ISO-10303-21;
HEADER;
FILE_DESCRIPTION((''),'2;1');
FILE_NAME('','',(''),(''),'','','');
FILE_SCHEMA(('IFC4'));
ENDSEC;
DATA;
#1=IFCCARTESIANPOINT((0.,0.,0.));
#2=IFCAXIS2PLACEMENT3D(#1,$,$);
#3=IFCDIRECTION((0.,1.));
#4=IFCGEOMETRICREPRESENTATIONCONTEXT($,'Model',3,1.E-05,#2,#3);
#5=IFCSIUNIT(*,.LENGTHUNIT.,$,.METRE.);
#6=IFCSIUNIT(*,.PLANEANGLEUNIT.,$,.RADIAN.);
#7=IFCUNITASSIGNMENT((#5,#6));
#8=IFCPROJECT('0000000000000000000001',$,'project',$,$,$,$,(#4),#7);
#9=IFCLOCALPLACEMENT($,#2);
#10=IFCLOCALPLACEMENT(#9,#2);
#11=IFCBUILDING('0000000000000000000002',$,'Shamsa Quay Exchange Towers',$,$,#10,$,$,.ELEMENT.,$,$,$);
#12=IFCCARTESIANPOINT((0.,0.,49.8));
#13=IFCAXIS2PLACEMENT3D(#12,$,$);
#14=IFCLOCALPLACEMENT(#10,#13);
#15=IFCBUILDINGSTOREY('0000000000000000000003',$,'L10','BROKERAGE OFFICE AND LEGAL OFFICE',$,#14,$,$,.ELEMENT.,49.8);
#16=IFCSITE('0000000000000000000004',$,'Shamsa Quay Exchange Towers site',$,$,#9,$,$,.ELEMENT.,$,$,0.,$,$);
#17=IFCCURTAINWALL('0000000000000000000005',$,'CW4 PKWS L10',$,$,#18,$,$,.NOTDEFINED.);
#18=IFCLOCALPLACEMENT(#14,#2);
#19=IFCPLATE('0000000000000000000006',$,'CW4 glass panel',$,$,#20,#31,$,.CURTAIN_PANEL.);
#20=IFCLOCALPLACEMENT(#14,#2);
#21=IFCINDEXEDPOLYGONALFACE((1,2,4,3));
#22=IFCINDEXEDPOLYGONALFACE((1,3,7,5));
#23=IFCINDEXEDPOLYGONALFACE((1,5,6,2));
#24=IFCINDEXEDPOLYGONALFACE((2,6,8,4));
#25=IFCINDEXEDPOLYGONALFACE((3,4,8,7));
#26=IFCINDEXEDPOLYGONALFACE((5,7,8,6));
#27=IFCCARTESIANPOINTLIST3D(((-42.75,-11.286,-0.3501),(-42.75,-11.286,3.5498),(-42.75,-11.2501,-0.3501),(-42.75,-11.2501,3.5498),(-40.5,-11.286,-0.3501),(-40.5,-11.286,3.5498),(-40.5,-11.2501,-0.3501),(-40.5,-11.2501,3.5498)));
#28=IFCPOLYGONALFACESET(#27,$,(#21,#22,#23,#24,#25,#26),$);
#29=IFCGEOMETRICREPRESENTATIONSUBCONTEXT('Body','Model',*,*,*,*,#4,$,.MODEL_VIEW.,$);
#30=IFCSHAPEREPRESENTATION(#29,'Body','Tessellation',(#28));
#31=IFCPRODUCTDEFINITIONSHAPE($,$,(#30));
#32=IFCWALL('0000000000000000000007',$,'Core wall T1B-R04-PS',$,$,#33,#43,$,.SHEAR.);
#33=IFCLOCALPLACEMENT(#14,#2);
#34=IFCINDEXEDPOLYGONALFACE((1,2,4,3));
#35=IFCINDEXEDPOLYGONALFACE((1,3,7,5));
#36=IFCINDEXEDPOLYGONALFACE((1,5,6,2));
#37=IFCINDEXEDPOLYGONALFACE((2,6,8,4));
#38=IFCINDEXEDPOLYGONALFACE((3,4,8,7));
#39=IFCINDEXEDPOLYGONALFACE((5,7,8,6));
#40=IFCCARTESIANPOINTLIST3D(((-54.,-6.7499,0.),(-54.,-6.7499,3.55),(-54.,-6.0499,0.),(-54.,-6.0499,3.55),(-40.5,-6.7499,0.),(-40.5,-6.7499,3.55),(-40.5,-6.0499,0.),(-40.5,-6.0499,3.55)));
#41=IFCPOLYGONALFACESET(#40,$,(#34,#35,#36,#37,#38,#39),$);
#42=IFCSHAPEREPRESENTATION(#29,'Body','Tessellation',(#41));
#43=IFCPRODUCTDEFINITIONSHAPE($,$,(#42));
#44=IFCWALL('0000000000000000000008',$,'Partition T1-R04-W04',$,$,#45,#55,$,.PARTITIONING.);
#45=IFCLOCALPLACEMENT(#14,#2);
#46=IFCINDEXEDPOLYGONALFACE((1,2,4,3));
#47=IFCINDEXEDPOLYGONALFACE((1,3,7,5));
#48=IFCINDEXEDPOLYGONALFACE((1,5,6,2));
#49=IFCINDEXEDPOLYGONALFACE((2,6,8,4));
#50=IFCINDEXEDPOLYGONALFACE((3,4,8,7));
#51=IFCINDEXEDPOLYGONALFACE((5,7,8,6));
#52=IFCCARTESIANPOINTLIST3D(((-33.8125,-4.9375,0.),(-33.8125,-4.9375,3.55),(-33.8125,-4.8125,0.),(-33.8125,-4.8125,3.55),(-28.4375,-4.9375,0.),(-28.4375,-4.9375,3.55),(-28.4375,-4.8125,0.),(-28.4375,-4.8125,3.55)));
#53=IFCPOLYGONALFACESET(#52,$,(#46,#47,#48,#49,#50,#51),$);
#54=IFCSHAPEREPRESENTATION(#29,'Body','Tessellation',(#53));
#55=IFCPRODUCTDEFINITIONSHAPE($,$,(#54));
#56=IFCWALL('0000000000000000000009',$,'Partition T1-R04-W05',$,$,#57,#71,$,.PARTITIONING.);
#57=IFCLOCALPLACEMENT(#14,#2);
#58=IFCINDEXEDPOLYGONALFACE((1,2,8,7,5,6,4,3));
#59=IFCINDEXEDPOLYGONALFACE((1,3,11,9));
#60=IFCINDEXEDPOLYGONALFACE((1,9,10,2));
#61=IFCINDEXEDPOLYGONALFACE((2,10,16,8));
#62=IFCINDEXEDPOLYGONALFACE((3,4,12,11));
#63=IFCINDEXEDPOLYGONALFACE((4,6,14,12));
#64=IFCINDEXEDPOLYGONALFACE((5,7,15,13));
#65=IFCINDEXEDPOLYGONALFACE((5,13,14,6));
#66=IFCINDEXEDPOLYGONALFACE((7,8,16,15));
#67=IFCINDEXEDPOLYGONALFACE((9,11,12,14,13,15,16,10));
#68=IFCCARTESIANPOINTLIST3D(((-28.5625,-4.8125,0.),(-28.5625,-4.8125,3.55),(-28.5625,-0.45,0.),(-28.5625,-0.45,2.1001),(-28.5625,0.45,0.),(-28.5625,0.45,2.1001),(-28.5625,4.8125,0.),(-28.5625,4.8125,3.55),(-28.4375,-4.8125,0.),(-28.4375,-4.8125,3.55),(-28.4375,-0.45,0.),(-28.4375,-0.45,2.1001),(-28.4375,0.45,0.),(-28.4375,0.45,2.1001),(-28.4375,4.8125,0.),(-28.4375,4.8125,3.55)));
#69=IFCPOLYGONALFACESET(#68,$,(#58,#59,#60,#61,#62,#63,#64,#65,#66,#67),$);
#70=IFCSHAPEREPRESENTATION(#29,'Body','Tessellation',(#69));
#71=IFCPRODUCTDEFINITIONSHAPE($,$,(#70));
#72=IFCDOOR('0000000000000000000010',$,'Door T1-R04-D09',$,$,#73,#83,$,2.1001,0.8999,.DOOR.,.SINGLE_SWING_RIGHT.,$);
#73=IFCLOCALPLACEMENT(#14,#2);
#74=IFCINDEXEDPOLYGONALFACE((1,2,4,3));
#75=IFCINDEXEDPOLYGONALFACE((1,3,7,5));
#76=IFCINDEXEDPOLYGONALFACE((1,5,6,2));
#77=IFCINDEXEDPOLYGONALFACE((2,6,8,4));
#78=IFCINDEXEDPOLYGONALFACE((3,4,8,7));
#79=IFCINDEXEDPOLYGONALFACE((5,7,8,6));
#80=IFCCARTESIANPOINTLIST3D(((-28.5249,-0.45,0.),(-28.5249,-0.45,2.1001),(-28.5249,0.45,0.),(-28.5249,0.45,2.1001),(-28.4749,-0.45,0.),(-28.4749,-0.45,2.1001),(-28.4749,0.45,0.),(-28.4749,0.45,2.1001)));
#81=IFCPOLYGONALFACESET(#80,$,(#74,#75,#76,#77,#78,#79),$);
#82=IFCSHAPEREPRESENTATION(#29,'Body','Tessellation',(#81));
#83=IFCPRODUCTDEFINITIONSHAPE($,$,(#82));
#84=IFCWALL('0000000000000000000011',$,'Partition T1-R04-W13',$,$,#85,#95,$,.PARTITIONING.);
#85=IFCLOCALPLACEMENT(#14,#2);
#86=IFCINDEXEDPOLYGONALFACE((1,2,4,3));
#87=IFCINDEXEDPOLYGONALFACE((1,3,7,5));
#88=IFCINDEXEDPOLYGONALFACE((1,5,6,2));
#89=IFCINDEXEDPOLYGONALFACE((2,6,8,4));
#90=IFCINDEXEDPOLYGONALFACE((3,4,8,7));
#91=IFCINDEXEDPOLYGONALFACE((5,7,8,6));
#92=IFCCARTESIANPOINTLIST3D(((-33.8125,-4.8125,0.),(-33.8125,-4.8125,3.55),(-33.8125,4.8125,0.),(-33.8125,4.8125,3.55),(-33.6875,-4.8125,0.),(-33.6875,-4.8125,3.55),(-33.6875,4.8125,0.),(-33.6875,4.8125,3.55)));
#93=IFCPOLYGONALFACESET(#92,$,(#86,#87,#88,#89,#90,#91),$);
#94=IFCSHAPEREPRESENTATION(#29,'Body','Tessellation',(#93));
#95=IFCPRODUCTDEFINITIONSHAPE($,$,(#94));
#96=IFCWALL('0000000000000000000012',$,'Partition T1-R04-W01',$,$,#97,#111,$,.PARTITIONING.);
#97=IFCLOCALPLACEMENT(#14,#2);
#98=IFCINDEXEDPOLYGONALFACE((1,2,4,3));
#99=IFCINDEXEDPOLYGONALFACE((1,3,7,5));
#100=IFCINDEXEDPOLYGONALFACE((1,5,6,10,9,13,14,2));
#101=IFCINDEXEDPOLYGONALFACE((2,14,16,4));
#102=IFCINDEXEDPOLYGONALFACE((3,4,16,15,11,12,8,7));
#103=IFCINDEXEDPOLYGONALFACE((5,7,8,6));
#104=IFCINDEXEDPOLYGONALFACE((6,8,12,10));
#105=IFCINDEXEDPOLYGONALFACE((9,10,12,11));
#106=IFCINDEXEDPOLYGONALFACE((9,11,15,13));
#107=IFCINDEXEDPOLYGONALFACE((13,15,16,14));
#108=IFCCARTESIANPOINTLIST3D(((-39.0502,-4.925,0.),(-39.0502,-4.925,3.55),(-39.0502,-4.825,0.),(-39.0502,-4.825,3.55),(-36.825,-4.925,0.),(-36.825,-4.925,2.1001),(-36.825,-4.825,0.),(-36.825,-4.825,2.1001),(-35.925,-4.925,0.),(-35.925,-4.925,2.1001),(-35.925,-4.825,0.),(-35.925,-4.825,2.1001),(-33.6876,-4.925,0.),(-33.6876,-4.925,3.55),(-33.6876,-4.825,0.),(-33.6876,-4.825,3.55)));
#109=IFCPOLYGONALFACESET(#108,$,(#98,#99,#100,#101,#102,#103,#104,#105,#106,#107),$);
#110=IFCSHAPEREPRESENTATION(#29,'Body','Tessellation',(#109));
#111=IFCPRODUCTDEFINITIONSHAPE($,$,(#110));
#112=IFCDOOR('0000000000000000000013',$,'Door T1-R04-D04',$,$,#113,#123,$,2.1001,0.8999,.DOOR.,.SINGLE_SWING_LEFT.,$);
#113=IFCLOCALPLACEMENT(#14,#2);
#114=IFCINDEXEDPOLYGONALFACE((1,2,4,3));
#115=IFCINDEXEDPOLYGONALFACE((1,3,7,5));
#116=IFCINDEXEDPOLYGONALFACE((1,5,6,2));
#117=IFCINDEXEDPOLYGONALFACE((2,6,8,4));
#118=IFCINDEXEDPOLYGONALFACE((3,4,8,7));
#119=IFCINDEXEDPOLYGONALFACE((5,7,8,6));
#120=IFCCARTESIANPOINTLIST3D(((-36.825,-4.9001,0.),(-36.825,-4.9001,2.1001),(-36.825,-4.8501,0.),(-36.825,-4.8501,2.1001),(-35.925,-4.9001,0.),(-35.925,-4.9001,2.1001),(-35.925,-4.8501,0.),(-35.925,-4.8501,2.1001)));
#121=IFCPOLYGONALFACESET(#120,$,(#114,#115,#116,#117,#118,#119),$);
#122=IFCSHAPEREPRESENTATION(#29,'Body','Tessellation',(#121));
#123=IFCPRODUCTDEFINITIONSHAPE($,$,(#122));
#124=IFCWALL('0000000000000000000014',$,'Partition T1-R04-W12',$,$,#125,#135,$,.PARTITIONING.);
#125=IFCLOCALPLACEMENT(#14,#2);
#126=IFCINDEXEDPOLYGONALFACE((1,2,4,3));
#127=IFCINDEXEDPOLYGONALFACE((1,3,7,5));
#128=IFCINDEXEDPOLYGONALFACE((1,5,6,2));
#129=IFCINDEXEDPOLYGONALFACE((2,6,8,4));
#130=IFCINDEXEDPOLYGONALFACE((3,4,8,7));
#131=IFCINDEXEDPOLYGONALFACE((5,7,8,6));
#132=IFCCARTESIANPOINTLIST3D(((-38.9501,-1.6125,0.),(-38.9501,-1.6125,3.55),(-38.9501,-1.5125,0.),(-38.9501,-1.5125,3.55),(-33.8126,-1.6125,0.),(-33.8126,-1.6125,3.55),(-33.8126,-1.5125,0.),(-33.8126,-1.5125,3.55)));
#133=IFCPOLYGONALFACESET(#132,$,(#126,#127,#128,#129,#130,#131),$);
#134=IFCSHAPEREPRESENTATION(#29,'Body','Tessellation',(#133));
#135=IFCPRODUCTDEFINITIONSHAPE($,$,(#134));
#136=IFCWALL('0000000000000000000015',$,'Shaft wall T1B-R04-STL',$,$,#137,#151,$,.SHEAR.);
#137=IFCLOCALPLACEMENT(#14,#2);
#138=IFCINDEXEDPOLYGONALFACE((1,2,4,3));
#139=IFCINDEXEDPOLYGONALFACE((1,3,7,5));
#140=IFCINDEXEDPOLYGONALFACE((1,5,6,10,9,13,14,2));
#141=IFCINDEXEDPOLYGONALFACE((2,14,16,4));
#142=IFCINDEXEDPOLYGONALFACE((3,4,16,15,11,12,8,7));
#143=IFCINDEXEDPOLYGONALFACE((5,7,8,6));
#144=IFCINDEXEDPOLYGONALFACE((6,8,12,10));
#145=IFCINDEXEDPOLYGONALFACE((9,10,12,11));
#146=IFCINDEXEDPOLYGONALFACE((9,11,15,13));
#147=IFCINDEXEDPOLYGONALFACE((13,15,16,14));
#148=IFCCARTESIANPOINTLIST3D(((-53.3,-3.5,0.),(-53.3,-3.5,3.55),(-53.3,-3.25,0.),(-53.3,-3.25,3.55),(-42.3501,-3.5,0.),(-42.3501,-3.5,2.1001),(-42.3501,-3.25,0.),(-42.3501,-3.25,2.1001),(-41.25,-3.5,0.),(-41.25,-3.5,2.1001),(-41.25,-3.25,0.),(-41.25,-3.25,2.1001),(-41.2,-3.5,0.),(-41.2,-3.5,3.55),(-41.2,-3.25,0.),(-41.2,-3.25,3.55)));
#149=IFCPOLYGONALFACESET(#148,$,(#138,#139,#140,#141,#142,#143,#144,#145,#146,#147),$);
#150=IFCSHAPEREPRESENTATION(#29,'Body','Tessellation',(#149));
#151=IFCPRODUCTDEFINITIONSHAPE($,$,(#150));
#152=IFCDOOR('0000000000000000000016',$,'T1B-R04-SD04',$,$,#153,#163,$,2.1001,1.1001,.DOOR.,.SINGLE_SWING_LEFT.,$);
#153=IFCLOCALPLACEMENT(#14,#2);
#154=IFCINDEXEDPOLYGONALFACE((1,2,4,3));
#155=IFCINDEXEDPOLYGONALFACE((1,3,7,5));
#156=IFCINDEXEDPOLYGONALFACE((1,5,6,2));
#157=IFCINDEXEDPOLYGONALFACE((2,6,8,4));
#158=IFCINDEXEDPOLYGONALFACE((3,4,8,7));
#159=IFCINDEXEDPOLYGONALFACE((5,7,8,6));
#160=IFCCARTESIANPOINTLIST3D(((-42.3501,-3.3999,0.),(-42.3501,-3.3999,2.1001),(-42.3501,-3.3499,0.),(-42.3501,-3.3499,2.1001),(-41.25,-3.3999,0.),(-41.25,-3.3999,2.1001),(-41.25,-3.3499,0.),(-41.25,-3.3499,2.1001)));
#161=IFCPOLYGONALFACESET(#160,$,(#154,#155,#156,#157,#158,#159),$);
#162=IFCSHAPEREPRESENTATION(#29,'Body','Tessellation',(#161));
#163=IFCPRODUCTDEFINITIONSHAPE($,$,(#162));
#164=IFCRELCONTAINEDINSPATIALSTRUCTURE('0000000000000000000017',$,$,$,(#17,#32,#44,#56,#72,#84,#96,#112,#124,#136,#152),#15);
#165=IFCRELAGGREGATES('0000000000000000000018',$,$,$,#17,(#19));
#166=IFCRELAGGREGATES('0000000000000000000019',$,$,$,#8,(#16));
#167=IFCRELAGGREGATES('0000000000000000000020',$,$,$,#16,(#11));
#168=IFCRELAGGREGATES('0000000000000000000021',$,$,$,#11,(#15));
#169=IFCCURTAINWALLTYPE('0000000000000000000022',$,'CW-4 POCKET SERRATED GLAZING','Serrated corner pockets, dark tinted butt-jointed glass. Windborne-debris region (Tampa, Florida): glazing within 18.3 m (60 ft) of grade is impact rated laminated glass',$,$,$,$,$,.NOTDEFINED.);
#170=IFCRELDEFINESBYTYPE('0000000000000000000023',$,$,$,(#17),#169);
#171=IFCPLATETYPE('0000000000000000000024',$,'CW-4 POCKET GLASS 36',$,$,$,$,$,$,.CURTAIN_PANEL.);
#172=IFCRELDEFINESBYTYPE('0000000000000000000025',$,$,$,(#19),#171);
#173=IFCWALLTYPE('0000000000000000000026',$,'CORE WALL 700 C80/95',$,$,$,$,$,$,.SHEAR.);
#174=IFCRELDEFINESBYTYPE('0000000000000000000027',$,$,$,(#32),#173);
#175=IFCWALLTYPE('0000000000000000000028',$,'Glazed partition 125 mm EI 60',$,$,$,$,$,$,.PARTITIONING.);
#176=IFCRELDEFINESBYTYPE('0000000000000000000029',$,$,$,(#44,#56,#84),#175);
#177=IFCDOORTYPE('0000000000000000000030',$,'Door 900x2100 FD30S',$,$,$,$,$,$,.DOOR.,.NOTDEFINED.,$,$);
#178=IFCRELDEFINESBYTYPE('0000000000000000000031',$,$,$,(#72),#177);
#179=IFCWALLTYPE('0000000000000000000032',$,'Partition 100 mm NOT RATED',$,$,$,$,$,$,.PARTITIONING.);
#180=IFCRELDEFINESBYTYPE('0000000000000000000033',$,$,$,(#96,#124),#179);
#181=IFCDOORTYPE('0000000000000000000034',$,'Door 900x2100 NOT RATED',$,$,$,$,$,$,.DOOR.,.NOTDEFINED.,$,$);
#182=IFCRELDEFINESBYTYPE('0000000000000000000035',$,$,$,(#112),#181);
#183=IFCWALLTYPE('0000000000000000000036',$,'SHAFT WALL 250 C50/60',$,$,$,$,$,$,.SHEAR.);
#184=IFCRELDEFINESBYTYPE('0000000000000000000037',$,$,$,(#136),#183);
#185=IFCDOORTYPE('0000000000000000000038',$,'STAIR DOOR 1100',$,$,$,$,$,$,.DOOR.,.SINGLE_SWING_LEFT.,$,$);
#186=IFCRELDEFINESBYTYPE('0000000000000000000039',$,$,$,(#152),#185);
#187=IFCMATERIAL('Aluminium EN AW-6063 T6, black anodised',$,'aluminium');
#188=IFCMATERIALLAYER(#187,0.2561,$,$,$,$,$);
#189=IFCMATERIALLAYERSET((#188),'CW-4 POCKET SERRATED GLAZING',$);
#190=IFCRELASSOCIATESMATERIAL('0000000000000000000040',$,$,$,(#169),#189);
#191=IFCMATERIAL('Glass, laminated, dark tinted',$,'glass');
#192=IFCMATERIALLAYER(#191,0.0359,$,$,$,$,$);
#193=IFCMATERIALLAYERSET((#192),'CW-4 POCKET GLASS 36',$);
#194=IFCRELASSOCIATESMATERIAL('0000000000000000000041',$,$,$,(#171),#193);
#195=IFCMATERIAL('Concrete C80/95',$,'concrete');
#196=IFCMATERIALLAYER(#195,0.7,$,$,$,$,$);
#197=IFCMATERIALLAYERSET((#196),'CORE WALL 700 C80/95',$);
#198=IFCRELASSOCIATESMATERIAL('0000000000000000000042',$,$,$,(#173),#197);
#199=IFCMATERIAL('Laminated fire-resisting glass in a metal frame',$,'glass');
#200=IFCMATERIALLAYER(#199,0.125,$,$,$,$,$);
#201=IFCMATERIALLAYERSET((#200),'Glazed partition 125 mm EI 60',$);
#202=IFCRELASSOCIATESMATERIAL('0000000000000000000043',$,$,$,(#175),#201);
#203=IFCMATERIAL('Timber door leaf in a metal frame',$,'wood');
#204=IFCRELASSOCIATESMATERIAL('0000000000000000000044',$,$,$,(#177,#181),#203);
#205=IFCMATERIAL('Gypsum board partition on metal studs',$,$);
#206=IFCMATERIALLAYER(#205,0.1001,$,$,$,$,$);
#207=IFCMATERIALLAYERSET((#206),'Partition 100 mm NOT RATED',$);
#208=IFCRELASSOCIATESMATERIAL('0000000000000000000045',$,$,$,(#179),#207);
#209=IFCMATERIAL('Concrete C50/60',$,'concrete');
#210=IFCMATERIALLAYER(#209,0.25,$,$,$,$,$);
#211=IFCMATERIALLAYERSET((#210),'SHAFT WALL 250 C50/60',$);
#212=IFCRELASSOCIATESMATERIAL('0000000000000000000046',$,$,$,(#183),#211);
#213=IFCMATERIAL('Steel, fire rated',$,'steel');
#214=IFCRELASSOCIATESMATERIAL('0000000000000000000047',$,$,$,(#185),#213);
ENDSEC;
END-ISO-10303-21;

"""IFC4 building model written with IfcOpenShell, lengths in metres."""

from ifc_helpers import new_model, si_unit, direction, frame, frame_2d, origin, origin_2d, place, context, subcontext, project, spatial, rectangle, extrude, material, layer, layer_set, type_object, element, fill, aggregate, save


model = new_model("IFC4")

# Units and contexts
model_context = context("Model", 3, precision=1e-05, world=origin(), true_north=direction((0.0, 1.0)))
body_context = subcontext(model_context, "Body", "Model", "MODEL_VIEW")
ifc_project = project(units=[si_unit("LENGTHUNIT", "METRE"), si_unit("PLANEANGLEUNIT", "RADIAN")], contexts=[model_context])

# Site, building, storey
site_placement = place(None, origin())
site = spatial("IfcSite", under=ifc_project, at=site_placement, Name="Shamsa Quay Exchange Towers site", CompositionType="ELEMENT", RefElevation=0.0)
building_placement = place(site_placement, origin())
building = spatial("IfcBuilding", under=site, at=building_placement, Name="Shamsa Quay Exchange Towers", CompositionType="ELEMENT")
storey_placement = place(building_placement, frame((0.0, 0.0, 49.8)))
storey = spatial("IfcBuildingStorey", under=building, at=storey_placement, Name="L10", Description="BROKERAGE OFFICE AND LEGAL OFFICE", CompositionType="ELEMENT", Elevation=49.8)

# Shared definitions
ifc_material_1 = material(Name="Aluminium EN AW-6063 T6, black anodised", Category="aluminium")

# Shared definitions
ifc_material_2 = material(Name="Glass, laminated, dark tinted", Category="glass")

# Curtain wall, plate
ifc_layer_1 = layer(ifc_material_1, 0.2561)
ifc_layer_set_1 = layer_set([ifc_layer_1], Name="CW-4 POCKET SERRATED GLAZING")
curtain_wall_type_1 = type_object("IfcCurtainWallType", Name="CW-4 POCKET SERRATED GLAZING", Description="Serrated corner pockets, dark tinted butt-jointed glass. Windborne-debris region (Tampa, Florida): glazing within 18.3 m (60 ft) of grade is impact rated laminated glass", PredefinedType="NOTDEFINED", material=ifc_layer_set_1)
curtain_wall_1_placement = place(storey_placement, origin())
curtain_wall_1 = element("IfcCurtainWall", 1, at=curtain_wall_1_placement, inside=storey, type_object=curtain_wall_type_1, Name="CW4 PKWS L10", PredefinedType="NOTDEFINED")
ifc_layer_2 = layer(ifc_material_2, 0.0359)
ifc_layer_set_2 = layer_set([ifc_layer_2], Name="CW-4 POCKET GLASS 36")
plate_type_1 = type_object("IfcPlateType", Name="CW-4 POCKET GLASS 36", PredefinedType="CURTAIN_PANEL", material=ifc_layer_set_2)
plate_1_placement = place(storey_placement, frame((-41.625, -11.2681, -0.3501)))
plate_1 = element("IfcPlate", 2, at=plate_1_placement, type_object=plate_type_1, Name="CW4 glass panel", PredefinedType="CURTAIN_PANEL", context=body_context, shape_type="SweptSolid", body=[
    extrude(rectangle(XDim=2.25, YDim=0.0359, at=origin_2d()), origin(), (0.0, 0.0, 1.0), 3.8999),
])
aggregate(curtain_wall_1, [plate_1])

# Wall
ifc_material_3 = material(Name="Concrete C80/95", Category="concrete")
ifc_layer_3 = layer(ifc_material_3, 0.7)
ifc_layer_set_3 = layer_set([ifc_layer_3], Name="CORE WALL 700 C80/95")
wall_type_1 = type_object("IfcWallType", Name="CORE WALL 700 C80/95", PredefinedType="SHEAR", material=ifc_layer_set_3)
wall_1_placement = place(storey_placement, frame((-40.5, -6.3999, 0.0), z_axis=(0.0, 0.0, 1.0), x_axis=(-1.0, 0.0, 0.0)))
element("IfcWall", 3, at=wall_1_placement, inside=storey, type_object=wall_type_1, Name="Core wall T1B-R04-PS", PredefinedType="SHEAR", context=body_context, shape_type="SweptSolid", body=[
    extrude(rectangle(XDim=13.5, YDim=0.7, at=frame_2d((6.75, 0.0))), origin(), (0.0, 0.0, 1.0), 3.55),
])

# Shared definitions
ifc_material_4 = material(Name="Steel, fire rated", Category="steel")

# Wall
ifc_material_5 = material(Name="Laminated fire-resisting glass in a metal frame", Category="glass")
ifc_layer_4 = layer(ifc_material_5, 0.125)
ifc_layer_set_4 = layer_set([ifc_layer_4], Name="Glazed partition 125 mm EI 60")
wall_type_2 = type_object("IfcWallType", Name="Glazed partition 125 mm EI 60", PredefinedType="PARTITIONING", material=ifc_layer_set_4)
wall_2_placement = place(storey_placement, frame((-33.8125, -4.875, 0.0)))
element("IfcWall", 4, at=wall_2_placement, inside=storey, type_object=wall_type_2, Name="Partition T1-R04-W04", PredefinedType="PARTITIONING", context=body_context, shape_type="SweptSolid", body=[
    extrude(rectangle(XDim=5.375, YDim=0.125, at=frame_2d((2.6875, 0.0))), origin(), (0.0, 0.0, 1.0), 3.55),
])

# Wall, opening, door
wall_3_placement = place(storey_placement, frame((-28.5, -4.8125, 0.0), z_axis=(0.0, 0.0, 1.0), x_axis=(0.0, 1.0, 0.0)))
wall_3 = element("IfcWall", 5, at=wall_3_placement, inside=storey, type_object=wall_type_2, Name="Partition T1-R04-W05", PredefinedType="PARTITIONING", context=body_context, shape_type="SweptSolid", body=[
    extrude(rectangle(XDim=9.625, YDim=0.125, at=frame_2d((4.8125, 0.0))), origin(), (0.0, 0.0, 1.0), 3.55),
])
opening_1_placement = place(wall_3_placement, frame((4.3625, 0.0, 0.0)))
opening_1 = element("IfcOpeningElement", 6, at=opening_1_placement, cuts=wall_3, PredefinedType="OPENING", context=body_context, shape_type="SweptSolid", body=[
    extrude(rectangle(XDim=0.8999, YDim=2.1001, at=frame_2d((0.45, 1.05))), frame((0.0, 0.0725, 0.0), z_axis=(0.0, -1.0, 0.0), x_axis=(1.0, 0.0, 0.0)), (0.0, 0.0, 1.0), 0.145),
])
ifc_material_6 = material(Name="Timber door leaf in a metal frame", Category="wood")
door_type_1 = type_object("IfcDoorType", Name="Door 900x2100 FD30S", OperationType="NOTDEFINED", PredefinedType="DOOR", material=ifc_material_6)
door_1_placement = place(opening_1_placement, origin())
door_1 = element("IfcDoor", 7, at=door_1_placement, inside=storey, type_object=door_type_1, Name="Door T1-R04-D09", OperationType="SINGLE_SWING_RIGHT", OverallHeight=2.1001, OverallWidth=0.8999, PredefinedType="DOOR", context=body_context, shape_type="SweptSolid", body=[
    extrude(rectangle(XDim=0.8999, YDim=2.1001, at=frame_2d((0.45, 1.05))), frame((0.0, 0.0249, 0.0), z_axis=(0.0, -1.0, 0.0), x_axis=(1.0, 0.0, 0.0)), (0.0, 0.0, 1.0), 0.05),
])
fill(opening_1, door_1)

# Wall
wall_4_placement = place(storey_placement, frame((-33.75, -4.8125, 0.0), z_axis=(0.0, 0.0, 1.0), x_axis=(0.0, 1.0, 0.0)))
element("IfcWall", 8, at=wall_4_placement, inside=storey, type_object=wall_type_2, Name="Partition T1-R04-W13", PredefinedType="PARTITIONING", context=body_context, shape_type="SweptSolid", body=[
    extrude(rectangle(XDim=9.625, YDim=0.125, at=frame_2d((4.8125, 0.0))), origin(), (0.0, 0.0, 1.0), 3.55),
])

# Wall, opening, door
ifc_material_7 = material(Name="Gypsum board partition on metal studs")
ifc_layer_5 = layer(ifc_material_7, 0.1001)
ifc_layer_set_5 = layer_set([ifc_layer_5], Name="Partition 100 mm NOT RATED")
wall_type_3 = type_object("IfcWallType", Name="Partition 100 mm NOT RATED", PredefinedType="PARTITIONING", material=ifc_layer_set_5)
wall_5_placement = place(storey_placement, frame((-39.05, -4.875, 0.0)))
wall_5 = element("IfcWall", 9, at=wall_5_placement, inside=storey, type_object=wall_type_3, Name="Partition T1-R04-W01", PredefinedType="PARTITIONING", context=body_context, shape_type="SweptSolid", body=[
    extrude(rectangle(XDim=5.3625, YDim=0.1001, at=frame_2d((2.6812, 0.0))), origin(), (0.0, 0.0, 1.0), 3.55),
])
opening_2_placement = place(wall_5_placement, frame((2.2251, 0.0, 0.0)))
opening_2 = element("IfcOpeningElement", 10, at=opening_2_placement, cuts=wall_5, PredefinedType="OPENING", context=body_context, shape_type="SweptSolid", body=[
    extrude(rectangle(XDim=0.8999, YDim=2.1001, at=frame_2d((0.45, 1.05))), frame((0.0, 0.0601, 0.0), z_axis=(0.0, -1.0, 0.0), x_axis=(1.0, 0.0, 0.0)), (0.0, 0.0, 1.0), 0.1201),
])
door_type_2 = type_object("IfcDoorType", Name="Door 900x2100 NOT RATED", OperationType="NOTDEFINED", PredefinedType="DOOR", material=ifc_material_6)
door_2_placement = place(opening_2_placement, origin())
door_2 = element("IfcDoor", 11, at=door_2_placement, inside=storey, type_object=door_type_2, Name="Door T1-R04-D04", OperationType="SINGLE_SWING_LEFT", OverallHeight=2.1001, OverallWidth=0.8999, PredefinedType="DOOR", context=body_context, shape_type="SweptSolid", body=[
    extrude(rectangle(XDim=0.8999, YDim=2.1001, at=frame_2d((0.45, 1.05))), frame((0.0, 0.0249, 0.0), z_axis=(0.0, -1.0, 0.0), x_axis=(1.0, 0.0, 0.0)), (0.0, 0.0, 1.0), 0.05),
])
fill(opening_2, door_2)

# Wall
wall_6_placement = place(storey_placement, frame((-33.8125, -1.5625, 0.0), z_axis=(0.0, 0.0, 1.0), x_axis=(-1.0, 0.0, 0.0)))
element("IfcWall", 12, at=wall_6_placement, inside=storey, type_object=wall_type_3, Name="Partition T1-R04-W12", PredefinedType="PARTITIONING", context=body_context, shape_type="SweptSolid", body=[
    extrude(rectangle(XDim=5.1375, YDim=0.1001, at=frame_2d((2.5688, 0.0))), origin(), (0.0, 0.0, 1.0), 3.55),
])

# Wall, opening, door
ifc_material_8 = material(Name="Concrete C50/60", Category="concrete")
ifc_layer_6 = layer(ifc_material_8, 0.25)
ifc_layer_set_6 = layer_set([ifc_layer_6], Name="SHAFT WALL 250 C50/60")
wall_type_4 = type_object("IfcWallType", Name="SHAFT WALL 250 C50/60", PredefinedType="SHEAR", material=ifc_layer_set_6)
wall_7_placement = place(storey_placement, frame((-41.2, -3.375, 0.0), z_axis=(0.0, 0.0, 1.0), x_axis=(-1.0, 0.0, 0.0)))
wall_7 = element("IfcWall", 13, at=wall_7_placement, inside=storey, type_object=wall_type_4, Name="Shaft wall T1B-R04-STL", PredefinedType="SHEAR", context=body_context, shape_type="SweptSolid", body=[
    extrude(rectangle(XDim=12.1001, YDim=0.25, at=frame_2d((6.05, 0.0))), origin(), (0.0, 0.0, 1.0), 3.55),
])
opening_3_placement = place(wall_7_placement, frame((0.05, 0.0, 0.0)))
opening_3 = element("IfcOpeningElement", 14, at=opening_3_placement, cuts=wall_7, PredefinedType="OPENING", context=body_context, shape_type="SweptSolid", body=[
    extrude(rectangle(XDim=1.1001, YDim=2.1001, at=frame_2d((0.55, 1.05))), frame((0.0, 0.135, 0.0), z_axis=(0.0, -1.0, 0.0), x_axis=(1.0, 0.0, 0.0)), (0.0, 0.0, 1.0), 0.27),
])
door_type_3 = type_object("IfcDoorType", Name="STAIR DOOR 1100", OperationType="SINGLE_SWING_LEFT", PredefinedType="DOOR", material=ifc_material_4)
door_3_placement = place(opening_3_placement, origin())
door_3 = element("IfcDoor", 15, at=door_3_placement, inside=storey, type_object=door_type_3, Name="T1B-R04-SD04", OperationType="SINGLE_SWING_LEFT", OverallHeight=2.1001, OverallWidth=1.1001, PredefinedType="DOOR", context=body_context, shape_type="SweptSolid", body=[
    extrude(rectangle(XDim=1.1001, YDim=2.1001, at=frame_2d((0.55, 1.05))), frame((0.0, 0.0249, 0.0), z_axis=(0.0, -1.0, 0.0), x_axis=(1.0, 0.0, 0.0)), (0.0, 0.0, 1.0), 0.05),
])
fill(opening_3, door_3)

save(model, "model.ifc")
